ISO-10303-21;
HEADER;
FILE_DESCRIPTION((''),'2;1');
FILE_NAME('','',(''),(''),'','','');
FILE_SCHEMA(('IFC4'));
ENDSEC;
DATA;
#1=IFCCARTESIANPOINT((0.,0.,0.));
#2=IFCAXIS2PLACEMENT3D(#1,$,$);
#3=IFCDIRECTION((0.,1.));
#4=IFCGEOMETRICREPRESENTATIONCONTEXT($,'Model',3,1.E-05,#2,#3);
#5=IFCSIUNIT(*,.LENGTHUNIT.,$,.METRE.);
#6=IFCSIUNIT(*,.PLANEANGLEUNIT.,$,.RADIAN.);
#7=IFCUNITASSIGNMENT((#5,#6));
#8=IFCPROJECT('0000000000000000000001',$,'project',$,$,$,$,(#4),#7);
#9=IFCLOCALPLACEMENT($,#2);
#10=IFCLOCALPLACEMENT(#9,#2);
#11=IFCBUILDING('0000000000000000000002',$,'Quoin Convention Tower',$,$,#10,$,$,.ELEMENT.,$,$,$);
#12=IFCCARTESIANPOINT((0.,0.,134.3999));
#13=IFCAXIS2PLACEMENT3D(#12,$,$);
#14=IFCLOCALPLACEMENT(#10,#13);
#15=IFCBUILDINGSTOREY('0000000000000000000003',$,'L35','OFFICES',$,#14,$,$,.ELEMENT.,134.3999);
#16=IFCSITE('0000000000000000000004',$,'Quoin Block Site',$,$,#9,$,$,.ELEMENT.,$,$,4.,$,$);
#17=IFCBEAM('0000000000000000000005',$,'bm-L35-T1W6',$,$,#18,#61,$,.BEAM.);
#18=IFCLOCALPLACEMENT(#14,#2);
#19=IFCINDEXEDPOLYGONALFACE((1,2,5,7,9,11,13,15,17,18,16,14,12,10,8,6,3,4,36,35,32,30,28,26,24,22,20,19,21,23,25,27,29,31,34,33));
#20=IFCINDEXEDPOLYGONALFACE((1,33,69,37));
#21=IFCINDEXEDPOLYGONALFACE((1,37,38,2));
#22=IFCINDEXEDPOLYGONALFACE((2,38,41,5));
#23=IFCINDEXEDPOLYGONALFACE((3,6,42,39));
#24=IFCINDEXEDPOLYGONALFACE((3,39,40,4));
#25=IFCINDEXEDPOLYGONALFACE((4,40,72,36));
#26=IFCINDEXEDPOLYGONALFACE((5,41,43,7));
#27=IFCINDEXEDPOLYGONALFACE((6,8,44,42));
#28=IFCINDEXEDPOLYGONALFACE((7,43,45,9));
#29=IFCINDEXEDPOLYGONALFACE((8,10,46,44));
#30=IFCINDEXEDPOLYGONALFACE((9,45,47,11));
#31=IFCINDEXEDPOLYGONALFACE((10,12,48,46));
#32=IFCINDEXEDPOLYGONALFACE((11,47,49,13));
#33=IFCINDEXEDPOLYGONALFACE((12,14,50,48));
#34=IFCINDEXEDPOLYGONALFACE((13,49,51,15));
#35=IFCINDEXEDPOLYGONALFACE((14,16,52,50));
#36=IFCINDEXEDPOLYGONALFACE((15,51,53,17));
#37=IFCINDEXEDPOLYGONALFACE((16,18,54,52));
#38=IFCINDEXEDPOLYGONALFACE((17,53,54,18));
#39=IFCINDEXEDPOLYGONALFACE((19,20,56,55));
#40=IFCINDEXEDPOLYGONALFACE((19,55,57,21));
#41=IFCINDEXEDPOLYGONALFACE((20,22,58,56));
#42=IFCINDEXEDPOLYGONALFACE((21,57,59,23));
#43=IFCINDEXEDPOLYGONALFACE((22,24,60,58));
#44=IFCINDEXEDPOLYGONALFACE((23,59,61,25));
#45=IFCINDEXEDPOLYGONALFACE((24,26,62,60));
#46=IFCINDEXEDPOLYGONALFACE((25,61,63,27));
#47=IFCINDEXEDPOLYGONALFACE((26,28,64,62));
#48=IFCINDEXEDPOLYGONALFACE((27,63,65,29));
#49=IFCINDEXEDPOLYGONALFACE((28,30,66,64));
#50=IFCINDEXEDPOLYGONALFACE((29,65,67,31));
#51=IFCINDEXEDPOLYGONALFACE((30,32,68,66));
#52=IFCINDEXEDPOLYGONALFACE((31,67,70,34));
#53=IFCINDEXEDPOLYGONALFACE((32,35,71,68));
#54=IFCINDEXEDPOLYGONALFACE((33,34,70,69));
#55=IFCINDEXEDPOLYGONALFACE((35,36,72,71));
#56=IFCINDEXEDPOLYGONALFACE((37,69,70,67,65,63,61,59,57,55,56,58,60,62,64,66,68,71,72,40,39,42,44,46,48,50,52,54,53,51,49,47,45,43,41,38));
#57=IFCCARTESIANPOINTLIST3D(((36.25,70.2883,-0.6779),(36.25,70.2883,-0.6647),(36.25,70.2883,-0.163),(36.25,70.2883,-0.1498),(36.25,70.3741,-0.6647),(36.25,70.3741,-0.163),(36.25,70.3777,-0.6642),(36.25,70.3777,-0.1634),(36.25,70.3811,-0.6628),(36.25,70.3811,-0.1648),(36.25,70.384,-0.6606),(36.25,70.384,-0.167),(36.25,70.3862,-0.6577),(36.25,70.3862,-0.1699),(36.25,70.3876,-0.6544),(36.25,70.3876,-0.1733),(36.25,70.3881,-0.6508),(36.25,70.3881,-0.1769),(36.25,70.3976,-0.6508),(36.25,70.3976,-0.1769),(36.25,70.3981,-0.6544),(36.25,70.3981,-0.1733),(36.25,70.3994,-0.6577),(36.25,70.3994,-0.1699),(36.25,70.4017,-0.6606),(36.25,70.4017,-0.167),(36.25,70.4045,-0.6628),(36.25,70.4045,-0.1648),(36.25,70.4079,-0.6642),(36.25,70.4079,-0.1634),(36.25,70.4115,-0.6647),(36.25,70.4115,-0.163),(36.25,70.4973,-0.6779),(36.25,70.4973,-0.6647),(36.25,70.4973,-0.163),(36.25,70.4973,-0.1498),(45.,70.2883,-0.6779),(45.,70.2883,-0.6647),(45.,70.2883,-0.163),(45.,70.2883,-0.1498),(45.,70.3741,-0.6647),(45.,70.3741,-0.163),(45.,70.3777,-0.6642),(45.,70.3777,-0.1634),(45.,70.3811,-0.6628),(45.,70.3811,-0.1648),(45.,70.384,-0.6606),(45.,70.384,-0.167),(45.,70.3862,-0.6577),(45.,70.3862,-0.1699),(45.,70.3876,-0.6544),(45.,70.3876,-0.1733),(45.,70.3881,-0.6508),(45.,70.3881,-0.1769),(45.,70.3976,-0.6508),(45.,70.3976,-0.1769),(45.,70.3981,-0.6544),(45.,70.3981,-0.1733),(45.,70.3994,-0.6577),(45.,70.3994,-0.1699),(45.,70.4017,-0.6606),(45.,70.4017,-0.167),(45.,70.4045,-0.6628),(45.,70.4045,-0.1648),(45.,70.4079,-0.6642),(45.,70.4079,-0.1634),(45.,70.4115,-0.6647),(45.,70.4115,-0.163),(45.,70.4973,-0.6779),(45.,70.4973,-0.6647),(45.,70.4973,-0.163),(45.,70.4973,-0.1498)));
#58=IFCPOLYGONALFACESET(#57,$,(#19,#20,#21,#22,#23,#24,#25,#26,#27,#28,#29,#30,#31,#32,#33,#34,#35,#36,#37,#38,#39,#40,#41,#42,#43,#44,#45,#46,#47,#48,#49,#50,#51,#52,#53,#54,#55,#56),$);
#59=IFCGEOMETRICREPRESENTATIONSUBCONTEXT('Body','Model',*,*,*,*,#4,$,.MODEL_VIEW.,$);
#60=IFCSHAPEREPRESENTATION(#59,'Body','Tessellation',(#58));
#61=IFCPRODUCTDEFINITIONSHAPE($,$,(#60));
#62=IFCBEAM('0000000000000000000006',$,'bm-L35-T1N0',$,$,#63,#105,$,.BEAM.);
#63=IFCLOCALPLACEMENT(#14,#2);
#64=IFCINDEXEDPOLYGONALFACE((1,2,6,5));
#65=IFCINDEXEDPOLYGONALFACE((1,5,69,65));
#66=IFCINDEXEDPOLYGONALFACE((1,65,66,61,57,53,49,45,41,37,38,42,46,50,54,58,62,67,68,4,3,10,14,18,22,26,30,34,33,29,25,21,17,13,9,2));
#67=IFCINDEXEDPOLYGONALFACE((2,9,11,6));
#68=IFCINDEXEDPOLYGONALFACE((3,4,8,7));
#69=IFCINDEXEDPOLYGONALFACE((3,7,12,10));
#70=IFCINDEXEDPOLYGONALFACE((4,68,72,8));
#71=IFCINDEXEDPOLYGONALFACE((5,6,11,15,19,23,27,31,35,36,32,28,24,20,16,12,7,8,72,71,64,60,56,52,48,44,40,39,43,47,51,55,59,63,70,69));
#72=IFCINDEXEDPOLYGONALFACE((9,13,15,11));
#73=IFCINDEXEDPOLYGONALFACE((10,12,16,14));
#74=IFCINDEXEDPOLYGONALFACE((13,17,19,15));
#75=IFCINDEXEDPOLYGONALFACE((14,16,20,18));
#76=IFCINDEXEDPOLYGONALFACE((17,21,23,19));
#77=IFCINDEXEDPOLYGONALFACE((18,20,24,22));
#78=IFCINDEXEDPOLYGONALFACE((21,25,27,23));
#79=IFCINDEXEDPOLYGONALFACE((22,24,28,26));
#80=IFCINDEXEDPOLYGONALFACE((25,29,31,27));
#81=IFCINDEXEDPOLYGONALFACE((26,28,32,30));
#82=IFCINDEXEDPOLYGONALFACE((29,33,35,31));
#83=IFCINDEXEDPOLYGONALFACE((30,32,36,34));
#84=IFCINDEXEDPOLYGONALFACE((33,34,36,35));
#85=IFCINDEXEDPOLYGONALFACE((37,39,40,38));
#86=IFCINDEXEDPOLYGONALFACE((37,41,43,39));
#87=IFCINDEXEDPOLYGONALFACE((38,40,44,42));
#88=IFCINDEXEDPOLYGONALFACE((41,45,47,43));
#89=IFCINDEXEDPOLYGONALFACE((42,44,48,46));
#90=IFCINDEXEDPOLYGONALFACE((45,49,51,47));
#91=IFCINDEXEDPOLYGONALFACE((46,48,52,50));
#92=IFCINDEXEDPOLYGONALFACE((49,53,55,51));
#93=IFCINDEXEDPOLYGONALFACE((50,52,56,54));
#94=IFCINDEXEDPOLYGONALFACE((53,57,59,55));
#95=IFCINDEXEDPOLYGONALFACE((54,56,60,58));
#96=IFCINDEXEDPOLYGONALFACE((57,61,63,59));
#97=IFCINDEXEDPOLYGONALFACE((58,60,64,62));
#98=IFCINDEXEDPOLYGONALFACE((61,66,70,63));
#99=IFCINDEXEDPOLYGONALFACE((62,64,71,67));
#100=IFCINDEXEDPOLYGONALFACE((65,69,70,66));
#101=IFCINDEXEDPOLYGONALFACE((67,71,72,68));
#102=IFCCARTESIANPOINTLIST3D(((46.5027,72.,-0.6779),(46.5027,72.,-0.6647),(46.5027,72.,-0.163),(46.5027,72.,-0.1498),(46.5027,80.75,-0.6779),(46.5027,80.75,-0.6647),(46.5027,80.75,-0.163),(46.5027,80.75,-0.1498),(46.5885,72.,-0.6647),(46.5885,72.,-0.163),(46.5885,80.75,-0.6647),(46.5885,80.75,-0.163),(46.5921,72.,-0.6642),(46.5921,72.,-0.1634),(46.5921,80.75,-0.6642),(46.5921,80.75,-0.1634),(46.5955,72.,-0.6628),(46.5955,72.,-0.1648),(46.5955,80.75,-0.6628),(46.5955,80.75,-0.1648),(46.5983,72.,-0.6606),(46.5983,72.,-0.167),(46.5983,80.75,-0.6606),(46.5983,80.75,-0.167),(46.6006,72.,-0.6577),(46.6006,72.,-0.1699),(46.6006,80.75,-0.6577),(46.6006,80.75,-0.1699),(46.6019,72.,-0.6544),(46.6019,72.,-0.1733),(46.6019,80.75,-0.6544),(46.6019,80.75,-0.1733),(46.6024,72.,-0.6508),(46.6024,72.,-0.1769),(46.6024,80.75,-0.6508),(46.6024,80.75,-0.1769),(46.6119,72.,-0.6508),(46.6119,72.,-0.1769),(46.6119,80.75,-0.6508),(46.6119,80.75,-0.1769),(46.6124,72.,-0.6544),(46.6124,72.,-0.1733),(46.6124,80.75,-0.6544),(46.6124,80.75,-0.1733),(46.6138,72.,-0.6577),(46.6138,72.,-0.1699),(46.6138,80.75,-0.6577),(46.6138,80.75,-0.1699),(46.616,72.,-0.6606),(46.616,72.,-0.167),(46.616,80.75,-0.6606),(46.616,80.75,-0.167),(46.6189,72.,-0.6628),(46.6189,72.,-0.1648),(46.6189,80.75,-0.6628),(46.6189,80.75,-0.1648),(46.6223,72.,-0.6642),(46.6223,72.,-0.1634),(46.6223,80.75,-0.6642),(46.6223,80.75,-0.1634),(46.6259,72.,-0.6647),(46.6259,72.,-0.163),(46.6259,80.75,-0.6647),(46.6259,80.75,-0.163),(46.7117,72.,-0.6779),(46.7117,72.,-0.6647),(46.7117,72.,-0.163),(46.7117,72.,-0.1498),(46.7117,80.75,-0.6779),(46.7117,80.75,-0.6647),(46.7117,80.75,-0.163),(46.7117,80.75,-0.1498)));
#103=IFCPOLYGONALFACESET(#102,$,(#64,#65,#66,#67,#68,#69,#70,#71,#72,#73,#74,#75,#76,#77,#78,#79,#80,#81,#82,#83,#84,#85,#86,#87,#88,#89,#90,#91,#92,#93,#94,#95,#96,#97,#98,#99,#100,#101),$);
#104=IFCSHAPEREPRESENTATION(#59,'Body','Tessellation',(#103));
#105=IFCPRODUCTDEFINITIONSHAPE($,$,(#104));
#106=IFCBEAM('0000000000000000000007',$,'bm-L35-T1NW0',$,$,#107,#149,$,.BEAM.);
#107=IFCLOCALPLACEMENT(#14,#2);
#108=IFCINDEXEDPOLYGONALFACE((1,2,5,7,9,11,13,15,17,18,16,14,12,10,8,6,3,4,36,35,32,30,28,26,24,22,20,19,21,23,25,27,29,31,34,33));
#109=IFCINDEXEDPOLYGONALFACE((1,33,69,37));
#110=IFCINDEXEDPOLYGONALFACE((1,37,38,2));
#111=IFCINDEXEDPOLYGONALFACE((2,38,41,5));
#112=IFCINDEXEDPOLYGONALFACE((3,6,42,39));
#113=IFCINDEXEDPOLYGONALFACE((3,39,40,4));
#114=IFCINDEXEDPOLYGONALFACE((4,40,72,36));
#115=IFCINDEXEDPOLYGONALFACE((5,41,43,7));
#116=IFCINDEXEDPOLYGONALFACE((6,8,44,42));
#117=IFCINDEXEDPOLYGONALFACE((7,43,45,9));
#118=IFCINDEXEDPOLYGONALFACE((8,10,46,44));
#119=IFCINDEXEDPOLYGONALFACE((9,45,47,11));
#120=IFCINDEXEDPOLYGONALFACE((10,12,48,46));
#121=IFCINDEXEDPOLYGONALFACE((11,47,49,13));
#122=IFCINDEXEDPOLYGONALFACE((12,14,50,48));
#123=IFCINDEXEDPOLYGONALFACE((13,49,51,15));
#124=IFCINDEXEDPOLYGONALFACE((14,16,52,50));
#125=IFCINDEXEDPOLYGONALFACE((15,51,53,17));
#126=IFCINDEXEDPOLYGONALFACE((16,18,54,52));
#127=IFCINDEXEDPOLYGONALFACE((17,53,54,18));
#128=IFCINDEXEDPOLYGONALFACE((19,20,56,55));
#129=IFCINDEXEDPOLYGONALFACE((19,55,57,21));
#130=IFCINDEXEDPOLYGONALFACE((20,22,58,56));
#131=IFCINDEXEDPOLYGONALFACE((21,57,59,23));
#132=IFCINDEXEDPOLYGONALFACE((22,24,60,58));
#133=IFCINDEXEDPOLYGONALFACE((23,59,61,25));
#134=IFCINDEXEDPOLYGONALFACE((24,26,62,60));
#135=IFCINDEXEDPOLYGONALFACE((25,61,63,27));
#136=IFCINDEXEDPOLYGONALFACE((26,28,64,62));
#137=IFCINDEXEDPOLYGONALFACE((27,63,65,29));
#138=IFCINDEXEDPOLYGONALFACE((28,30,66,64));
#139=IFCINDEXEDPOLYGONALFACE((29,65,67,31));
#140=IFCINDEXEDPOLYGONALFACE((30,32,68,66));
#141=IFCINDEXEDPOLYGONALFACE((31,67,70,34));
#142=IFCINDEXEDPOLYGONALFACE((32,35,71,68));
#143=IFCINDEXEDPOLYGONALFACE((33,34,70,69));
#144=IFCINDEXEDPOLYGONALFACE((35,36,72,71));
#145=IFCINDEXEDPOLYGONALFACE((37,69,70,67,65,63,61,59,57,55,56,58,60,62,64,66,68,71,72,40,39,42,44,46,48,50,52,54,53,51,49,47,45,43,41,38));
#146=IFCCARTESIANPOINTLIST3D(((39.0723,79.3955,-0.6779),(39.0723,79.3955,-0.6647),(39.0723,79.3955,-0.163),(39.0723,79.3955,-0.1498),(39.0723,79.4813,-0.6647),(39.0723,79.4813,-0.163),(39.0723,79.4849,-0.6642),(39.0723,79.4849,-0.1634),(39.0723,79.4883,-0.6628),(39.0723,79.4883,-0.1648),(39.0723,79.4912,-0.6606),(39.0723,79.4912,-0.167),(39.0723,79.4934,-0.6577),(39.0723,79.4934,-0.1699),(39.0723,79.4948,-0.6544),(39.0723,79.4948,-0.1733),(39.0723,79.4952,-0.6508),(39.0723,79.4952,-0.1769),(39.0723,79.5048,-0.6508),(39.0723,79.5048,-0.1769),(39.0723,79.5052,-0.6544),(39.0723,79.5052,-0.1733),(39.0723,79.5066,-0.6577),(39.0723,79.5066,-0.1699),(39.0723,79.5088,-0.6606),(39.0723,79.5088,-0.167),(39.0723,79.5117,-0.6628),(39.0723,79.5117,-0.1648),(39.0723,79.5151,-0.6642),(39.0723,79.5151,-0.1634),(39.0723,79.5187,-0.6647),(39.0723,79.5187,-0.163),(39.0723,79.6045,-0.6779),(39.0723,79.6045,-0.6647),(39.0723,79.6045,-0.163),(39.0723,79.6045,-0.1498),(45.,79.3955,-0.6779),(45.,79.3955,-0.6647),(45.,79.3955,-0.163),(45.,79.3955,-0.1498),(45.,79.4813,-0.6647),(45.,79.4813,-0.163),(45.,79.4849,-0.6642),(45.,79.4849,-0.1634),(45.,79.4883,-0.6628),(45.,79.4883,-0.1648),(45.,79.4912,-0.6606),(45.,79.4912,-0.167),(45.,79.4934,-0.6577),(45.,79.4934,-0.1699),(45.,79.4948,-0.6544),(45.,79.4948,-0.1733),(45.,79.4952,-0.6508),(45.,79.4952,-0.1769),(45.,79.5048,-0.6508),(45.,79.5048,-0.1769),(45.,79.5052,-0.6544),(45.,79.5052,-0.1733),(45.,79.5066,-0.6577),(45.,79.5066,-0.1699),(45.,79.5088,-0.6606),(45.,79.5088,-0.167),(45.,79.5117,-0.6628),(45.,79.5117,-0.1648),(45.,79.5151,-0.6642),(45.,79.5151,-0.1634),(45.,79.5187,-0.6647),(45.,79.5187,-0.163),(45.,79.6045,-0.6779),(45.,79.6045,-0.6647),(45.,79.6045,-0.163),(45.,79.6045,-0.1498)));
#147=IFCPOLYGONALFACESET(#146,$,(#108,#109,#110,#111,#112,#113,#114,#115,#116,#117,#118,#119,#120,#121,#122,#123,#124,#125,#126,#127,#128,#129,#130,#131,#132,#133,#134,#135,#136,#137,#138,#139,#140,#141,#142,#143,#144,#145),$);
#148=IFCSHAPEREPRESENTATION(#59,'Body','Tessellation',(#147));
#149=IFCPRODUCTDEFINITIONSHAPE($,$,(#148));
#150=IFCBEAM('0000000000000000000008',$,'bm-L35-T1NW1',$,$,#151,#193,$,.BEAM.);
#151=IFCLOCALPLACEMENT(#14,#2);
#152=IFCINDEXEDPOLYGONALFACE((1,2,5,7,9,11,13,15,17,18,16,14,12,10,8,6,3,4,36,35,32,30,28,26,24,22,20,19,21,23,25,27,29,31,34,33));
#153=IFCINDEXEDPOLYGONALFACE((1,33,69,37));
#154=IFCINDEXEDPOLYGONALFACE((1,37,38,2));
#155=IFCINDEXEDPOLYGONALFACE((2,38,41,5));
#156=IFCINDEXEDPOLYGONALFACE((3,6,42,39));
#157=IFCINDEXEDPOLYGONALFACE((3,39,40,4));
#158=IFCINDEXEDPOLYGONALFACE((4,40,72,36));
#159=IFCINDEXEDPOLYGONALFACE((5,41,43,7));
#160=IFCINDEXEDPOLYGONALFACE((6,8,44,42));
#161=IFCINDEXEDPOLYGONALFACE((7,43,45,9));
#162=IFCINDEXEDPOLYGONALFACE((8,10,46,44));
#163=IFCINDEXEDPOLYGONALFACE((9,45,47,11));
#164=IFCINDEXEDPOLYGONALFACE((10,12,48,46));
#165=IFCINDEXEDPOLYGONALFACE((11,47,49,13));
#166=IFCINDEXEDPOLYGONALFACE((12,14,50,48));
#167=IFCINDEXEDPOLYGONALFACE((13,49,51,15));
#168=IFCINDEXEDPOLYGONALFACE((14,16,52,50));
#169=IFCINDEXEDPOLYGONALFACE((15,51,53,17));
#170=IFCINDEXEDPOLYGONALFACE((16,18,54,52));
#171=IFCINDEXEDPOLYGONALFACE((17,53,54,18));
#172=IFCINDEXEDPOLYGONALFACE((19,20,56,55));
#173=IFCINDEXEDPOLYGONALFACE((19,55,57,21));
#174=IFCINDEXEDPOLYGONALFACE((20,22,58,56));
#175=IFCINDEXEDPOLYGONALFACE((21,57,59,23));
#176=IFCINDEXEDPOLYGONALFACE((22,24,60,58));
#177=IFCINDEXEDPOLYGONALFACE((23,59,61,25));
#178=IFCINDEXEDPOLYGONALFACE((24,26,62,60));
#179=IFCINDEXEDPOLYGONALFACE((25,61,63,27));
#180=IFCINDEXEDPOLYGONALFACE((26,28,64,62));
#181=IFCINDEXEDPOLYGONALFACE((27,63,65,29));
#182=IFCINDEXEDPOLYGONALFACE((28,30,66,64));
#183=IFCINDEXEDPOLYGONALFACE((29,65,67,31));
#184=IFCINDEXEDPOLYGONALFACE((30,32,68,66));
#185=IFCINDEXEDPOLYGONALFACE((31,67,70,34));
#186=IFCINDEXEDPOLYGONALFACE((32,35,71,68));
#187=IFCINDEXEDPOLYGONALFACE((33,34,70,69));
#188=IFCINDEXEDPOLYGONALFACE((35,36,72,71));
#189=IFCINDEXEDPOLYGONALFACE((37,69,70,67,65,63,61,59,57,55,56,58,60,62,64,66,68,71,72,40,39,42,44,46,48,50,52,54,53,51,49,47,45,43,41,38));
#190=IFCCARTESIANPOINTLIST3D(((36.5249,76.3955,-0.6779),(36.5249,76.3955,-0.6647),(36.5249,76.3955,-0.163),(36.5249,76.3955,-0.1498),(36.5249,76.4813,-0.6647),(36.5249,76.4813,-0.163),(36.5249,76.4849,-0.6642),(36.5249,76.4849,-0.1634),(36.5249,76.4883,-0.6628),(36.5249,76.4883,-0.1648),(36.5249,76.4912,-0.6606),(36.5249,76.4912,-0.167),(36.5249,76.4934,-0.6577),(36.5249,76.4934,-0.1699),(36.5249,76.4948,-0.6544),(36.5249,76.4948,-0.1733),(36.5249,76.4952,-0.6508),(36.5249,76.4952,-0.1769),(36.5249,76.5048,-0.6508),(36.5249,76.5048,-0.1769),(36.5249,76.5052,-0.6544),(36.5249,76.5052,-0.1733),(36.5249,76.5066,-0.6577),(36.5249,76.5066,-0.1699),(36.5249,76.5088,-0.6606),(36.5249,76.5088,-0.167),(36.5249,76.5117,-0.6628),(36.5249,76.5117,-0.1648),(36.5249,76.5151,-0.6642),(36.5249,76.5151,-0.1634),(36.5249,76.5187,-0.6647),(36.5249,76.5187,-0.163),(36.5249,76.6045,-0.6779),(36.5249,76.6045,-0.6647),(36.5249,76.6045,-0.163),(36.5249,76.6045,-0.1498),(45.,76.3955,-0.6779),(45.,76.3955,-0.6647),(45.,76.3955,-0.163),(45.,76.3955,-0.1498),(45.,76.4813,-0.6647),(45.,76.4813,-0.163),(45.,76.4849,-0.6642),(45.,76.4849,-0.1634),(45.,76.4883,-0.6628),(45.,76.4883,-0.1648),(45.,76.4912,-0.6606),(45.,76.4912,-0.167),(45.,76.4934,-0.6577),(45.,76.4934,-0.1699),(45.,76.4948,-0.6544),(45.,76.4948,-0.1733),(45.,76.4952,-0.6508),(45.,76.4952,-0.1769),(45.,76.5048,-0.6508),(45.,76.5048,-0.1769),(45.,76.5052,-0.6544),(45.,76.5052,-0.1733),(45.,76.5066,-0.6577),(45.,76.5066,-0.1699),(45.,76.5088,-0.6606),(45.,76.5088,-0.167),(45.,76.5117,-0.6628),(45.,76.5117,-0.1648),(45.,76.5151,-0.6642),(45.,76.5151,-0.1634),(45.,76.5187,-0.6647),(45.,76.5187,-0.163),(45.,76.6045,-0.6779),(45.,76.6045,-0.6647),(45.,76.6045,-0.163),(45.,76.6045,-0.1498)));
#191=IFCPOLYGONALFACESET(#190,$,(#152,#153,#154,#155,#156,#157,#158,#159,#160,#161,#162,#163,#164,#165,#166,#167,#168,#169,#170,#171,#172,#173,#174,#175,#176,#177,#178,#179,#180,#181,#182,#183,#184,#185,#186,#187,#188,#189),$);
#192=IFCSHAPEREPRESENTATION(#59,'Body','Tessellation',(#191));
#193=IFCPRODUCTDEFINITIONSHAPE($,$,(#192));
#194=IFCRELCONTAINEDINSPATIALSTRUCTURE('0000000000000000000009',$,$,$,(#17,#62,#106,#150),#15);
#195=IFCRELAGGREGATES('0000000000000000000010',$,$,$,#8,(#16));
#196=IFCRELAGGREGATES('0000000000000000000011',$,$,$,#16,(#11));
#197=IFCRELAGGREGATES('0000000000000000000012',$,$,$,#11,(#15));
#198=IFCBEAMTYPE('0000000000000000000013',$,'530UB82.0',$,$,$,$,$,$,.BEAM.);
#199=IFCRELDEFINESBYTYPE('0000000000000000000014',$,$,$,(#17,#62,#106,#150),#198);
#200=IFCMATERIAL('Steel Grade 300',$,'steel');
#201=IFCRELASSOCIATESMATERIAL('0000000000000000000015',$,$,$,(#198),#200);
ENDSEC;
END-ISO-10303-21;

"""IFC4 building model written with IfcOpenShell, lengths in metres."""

from ifc_helpers import new_model, si_unit, direction, frame, origin, origin_2d, place, context, subcontext, project, spatial, i_section, extrude, material, material_profile, profile_set, type_object, element, save


model = new_model("IFC4")

# Units and contexts
model_context = context("Model", 3, precision=1e-05, world=origin(), true_north=direction((0.0, 1.0)))
body_context = subcontext(model_context, "Body", "Model", "MODEL_VIEW")
ifc_project = project(units=[si_unit("LENGTHUNIT", "METRE"), si_unit("PLANEANGLEUNIT", "RADIAN")], contexts=[model_context])

# Site, building, storey
site_placement = place(None, origin())
site = spatial("IfcSite", under=ifc_project, at=site_placement, Name="Quoin Block Site", CompositionType="ELEMENT", RefElevation=4.0)
building_placement = place(site_placement, origin())
building = spatial("IfcBuilding", under=site, at=building_placement, Name="Quoin Convention Tower", CompositionType="ELEMENT")
storey_placement = place(building_placement, frame((0.0, 0.0, 134.3999)))
storey = spatial("IfcBuildingStorey", under=building, at=storey_placement, Name="L35", Description="OFFICES", CompositionType="ELEMENT", Elevation=134.3999)

# Beams
ifc_material_1 = material(Name="Steel Grade 300", Category="steel")
ifc_material_profile_1 = material_profile(ifc_material_1, i_section(OverallWidth=0.209, OverallDepth=0.5281, WebThickness=0.0095, FlangeThickness=0.0132, FilletRadius=0.0139, at=origin_2d()), Name="530UB82.0")
ifc_profile_set_1 = profile_set([ifc_material_profile_1], Name="Steel Grade 300")
beam_type_1 = type_object("IfcBeamType", Name="530UB82.0", PredefinedType="BEAM", material=ifc_profile_set_1)
for number, where, z_axis, x_axis, name in (
    (1, (36.25, 70.3928, -0.4138), (1.0, 0.0, 0.0), (0.0, 1.0, 0.0), "bm-L35-T1W6"),
    (2, (46.6072, 72.0, -0.4138), (0.0, 1.0, 0.0), (-1.0, 0.0, 0.0), "bm-L35-T1N0"),
):
    element("IfcBeam", number, at=place(storey_placement, frame(where, z_axis=z_axis, x_axis=x_axis)), inside=storey, type_object=beam_type_1, Name=name, PredefinedType="BEAM", context=body_context, shape_type="SweptSolid", body=[
        extrude(i_section(OverallWidth=0.209, OverallDepth=0.5281, WebThickness=0.0095, FlangeThickness=0.0132, FilletRadius=0.0139, at=origin_2d()), origin(), (0.0, 0.0, 1.0), 8.75),
    ])
beam_1_placement = place(storey_placement, frame((39.0723, 79.5, -0.4138), z_axis=(1.0, 0.0, 0.0), x_axis=(0.0, 1.0, 0.0)))
element("IfcBeam", 3, at=beam_1_placement, inside=storey, type_object=beam_type_1, Name="bm-L35-T1NW0", PredefinedType="BEAM", context=body_context, shape_type="SweptSolid", body=[
    extrude(i_section(OverallWidth=0.209, OverallDepth=0.5281, WebThickness=0.0095, FlangeThickness=0.0132, FilletRadius=0.0139, at=origin_2d()), origin(), (0.0, 0.0, 1.0), 5.9277),
])
beam_2_placement = place(storey_placement, frame((36.5249, 76.5, -0.4138), z_axis=(1.0, 0.0, 0.0), x_axis=(0.0, 1.0, 0.0)))
element("IfcBeam", 4, at=beam_2_placement, inside=storey, type_object=beam_type_1, Name="bm-L35-T1NW1", PredefinedType="BEAM", context=body_context, shape_type="SweptSolid", body=[
    extrude(i_section(OverallWidth=0.209, OverallDepth=0.5281, WebThickness=0.0095, FlangeThickness=0.0132, FilletRadius=0.0139, at=origin_2d()), origin(), (0.0, 0.0, 1.0), 8.4751),
])

save(model, "model.ifc")
